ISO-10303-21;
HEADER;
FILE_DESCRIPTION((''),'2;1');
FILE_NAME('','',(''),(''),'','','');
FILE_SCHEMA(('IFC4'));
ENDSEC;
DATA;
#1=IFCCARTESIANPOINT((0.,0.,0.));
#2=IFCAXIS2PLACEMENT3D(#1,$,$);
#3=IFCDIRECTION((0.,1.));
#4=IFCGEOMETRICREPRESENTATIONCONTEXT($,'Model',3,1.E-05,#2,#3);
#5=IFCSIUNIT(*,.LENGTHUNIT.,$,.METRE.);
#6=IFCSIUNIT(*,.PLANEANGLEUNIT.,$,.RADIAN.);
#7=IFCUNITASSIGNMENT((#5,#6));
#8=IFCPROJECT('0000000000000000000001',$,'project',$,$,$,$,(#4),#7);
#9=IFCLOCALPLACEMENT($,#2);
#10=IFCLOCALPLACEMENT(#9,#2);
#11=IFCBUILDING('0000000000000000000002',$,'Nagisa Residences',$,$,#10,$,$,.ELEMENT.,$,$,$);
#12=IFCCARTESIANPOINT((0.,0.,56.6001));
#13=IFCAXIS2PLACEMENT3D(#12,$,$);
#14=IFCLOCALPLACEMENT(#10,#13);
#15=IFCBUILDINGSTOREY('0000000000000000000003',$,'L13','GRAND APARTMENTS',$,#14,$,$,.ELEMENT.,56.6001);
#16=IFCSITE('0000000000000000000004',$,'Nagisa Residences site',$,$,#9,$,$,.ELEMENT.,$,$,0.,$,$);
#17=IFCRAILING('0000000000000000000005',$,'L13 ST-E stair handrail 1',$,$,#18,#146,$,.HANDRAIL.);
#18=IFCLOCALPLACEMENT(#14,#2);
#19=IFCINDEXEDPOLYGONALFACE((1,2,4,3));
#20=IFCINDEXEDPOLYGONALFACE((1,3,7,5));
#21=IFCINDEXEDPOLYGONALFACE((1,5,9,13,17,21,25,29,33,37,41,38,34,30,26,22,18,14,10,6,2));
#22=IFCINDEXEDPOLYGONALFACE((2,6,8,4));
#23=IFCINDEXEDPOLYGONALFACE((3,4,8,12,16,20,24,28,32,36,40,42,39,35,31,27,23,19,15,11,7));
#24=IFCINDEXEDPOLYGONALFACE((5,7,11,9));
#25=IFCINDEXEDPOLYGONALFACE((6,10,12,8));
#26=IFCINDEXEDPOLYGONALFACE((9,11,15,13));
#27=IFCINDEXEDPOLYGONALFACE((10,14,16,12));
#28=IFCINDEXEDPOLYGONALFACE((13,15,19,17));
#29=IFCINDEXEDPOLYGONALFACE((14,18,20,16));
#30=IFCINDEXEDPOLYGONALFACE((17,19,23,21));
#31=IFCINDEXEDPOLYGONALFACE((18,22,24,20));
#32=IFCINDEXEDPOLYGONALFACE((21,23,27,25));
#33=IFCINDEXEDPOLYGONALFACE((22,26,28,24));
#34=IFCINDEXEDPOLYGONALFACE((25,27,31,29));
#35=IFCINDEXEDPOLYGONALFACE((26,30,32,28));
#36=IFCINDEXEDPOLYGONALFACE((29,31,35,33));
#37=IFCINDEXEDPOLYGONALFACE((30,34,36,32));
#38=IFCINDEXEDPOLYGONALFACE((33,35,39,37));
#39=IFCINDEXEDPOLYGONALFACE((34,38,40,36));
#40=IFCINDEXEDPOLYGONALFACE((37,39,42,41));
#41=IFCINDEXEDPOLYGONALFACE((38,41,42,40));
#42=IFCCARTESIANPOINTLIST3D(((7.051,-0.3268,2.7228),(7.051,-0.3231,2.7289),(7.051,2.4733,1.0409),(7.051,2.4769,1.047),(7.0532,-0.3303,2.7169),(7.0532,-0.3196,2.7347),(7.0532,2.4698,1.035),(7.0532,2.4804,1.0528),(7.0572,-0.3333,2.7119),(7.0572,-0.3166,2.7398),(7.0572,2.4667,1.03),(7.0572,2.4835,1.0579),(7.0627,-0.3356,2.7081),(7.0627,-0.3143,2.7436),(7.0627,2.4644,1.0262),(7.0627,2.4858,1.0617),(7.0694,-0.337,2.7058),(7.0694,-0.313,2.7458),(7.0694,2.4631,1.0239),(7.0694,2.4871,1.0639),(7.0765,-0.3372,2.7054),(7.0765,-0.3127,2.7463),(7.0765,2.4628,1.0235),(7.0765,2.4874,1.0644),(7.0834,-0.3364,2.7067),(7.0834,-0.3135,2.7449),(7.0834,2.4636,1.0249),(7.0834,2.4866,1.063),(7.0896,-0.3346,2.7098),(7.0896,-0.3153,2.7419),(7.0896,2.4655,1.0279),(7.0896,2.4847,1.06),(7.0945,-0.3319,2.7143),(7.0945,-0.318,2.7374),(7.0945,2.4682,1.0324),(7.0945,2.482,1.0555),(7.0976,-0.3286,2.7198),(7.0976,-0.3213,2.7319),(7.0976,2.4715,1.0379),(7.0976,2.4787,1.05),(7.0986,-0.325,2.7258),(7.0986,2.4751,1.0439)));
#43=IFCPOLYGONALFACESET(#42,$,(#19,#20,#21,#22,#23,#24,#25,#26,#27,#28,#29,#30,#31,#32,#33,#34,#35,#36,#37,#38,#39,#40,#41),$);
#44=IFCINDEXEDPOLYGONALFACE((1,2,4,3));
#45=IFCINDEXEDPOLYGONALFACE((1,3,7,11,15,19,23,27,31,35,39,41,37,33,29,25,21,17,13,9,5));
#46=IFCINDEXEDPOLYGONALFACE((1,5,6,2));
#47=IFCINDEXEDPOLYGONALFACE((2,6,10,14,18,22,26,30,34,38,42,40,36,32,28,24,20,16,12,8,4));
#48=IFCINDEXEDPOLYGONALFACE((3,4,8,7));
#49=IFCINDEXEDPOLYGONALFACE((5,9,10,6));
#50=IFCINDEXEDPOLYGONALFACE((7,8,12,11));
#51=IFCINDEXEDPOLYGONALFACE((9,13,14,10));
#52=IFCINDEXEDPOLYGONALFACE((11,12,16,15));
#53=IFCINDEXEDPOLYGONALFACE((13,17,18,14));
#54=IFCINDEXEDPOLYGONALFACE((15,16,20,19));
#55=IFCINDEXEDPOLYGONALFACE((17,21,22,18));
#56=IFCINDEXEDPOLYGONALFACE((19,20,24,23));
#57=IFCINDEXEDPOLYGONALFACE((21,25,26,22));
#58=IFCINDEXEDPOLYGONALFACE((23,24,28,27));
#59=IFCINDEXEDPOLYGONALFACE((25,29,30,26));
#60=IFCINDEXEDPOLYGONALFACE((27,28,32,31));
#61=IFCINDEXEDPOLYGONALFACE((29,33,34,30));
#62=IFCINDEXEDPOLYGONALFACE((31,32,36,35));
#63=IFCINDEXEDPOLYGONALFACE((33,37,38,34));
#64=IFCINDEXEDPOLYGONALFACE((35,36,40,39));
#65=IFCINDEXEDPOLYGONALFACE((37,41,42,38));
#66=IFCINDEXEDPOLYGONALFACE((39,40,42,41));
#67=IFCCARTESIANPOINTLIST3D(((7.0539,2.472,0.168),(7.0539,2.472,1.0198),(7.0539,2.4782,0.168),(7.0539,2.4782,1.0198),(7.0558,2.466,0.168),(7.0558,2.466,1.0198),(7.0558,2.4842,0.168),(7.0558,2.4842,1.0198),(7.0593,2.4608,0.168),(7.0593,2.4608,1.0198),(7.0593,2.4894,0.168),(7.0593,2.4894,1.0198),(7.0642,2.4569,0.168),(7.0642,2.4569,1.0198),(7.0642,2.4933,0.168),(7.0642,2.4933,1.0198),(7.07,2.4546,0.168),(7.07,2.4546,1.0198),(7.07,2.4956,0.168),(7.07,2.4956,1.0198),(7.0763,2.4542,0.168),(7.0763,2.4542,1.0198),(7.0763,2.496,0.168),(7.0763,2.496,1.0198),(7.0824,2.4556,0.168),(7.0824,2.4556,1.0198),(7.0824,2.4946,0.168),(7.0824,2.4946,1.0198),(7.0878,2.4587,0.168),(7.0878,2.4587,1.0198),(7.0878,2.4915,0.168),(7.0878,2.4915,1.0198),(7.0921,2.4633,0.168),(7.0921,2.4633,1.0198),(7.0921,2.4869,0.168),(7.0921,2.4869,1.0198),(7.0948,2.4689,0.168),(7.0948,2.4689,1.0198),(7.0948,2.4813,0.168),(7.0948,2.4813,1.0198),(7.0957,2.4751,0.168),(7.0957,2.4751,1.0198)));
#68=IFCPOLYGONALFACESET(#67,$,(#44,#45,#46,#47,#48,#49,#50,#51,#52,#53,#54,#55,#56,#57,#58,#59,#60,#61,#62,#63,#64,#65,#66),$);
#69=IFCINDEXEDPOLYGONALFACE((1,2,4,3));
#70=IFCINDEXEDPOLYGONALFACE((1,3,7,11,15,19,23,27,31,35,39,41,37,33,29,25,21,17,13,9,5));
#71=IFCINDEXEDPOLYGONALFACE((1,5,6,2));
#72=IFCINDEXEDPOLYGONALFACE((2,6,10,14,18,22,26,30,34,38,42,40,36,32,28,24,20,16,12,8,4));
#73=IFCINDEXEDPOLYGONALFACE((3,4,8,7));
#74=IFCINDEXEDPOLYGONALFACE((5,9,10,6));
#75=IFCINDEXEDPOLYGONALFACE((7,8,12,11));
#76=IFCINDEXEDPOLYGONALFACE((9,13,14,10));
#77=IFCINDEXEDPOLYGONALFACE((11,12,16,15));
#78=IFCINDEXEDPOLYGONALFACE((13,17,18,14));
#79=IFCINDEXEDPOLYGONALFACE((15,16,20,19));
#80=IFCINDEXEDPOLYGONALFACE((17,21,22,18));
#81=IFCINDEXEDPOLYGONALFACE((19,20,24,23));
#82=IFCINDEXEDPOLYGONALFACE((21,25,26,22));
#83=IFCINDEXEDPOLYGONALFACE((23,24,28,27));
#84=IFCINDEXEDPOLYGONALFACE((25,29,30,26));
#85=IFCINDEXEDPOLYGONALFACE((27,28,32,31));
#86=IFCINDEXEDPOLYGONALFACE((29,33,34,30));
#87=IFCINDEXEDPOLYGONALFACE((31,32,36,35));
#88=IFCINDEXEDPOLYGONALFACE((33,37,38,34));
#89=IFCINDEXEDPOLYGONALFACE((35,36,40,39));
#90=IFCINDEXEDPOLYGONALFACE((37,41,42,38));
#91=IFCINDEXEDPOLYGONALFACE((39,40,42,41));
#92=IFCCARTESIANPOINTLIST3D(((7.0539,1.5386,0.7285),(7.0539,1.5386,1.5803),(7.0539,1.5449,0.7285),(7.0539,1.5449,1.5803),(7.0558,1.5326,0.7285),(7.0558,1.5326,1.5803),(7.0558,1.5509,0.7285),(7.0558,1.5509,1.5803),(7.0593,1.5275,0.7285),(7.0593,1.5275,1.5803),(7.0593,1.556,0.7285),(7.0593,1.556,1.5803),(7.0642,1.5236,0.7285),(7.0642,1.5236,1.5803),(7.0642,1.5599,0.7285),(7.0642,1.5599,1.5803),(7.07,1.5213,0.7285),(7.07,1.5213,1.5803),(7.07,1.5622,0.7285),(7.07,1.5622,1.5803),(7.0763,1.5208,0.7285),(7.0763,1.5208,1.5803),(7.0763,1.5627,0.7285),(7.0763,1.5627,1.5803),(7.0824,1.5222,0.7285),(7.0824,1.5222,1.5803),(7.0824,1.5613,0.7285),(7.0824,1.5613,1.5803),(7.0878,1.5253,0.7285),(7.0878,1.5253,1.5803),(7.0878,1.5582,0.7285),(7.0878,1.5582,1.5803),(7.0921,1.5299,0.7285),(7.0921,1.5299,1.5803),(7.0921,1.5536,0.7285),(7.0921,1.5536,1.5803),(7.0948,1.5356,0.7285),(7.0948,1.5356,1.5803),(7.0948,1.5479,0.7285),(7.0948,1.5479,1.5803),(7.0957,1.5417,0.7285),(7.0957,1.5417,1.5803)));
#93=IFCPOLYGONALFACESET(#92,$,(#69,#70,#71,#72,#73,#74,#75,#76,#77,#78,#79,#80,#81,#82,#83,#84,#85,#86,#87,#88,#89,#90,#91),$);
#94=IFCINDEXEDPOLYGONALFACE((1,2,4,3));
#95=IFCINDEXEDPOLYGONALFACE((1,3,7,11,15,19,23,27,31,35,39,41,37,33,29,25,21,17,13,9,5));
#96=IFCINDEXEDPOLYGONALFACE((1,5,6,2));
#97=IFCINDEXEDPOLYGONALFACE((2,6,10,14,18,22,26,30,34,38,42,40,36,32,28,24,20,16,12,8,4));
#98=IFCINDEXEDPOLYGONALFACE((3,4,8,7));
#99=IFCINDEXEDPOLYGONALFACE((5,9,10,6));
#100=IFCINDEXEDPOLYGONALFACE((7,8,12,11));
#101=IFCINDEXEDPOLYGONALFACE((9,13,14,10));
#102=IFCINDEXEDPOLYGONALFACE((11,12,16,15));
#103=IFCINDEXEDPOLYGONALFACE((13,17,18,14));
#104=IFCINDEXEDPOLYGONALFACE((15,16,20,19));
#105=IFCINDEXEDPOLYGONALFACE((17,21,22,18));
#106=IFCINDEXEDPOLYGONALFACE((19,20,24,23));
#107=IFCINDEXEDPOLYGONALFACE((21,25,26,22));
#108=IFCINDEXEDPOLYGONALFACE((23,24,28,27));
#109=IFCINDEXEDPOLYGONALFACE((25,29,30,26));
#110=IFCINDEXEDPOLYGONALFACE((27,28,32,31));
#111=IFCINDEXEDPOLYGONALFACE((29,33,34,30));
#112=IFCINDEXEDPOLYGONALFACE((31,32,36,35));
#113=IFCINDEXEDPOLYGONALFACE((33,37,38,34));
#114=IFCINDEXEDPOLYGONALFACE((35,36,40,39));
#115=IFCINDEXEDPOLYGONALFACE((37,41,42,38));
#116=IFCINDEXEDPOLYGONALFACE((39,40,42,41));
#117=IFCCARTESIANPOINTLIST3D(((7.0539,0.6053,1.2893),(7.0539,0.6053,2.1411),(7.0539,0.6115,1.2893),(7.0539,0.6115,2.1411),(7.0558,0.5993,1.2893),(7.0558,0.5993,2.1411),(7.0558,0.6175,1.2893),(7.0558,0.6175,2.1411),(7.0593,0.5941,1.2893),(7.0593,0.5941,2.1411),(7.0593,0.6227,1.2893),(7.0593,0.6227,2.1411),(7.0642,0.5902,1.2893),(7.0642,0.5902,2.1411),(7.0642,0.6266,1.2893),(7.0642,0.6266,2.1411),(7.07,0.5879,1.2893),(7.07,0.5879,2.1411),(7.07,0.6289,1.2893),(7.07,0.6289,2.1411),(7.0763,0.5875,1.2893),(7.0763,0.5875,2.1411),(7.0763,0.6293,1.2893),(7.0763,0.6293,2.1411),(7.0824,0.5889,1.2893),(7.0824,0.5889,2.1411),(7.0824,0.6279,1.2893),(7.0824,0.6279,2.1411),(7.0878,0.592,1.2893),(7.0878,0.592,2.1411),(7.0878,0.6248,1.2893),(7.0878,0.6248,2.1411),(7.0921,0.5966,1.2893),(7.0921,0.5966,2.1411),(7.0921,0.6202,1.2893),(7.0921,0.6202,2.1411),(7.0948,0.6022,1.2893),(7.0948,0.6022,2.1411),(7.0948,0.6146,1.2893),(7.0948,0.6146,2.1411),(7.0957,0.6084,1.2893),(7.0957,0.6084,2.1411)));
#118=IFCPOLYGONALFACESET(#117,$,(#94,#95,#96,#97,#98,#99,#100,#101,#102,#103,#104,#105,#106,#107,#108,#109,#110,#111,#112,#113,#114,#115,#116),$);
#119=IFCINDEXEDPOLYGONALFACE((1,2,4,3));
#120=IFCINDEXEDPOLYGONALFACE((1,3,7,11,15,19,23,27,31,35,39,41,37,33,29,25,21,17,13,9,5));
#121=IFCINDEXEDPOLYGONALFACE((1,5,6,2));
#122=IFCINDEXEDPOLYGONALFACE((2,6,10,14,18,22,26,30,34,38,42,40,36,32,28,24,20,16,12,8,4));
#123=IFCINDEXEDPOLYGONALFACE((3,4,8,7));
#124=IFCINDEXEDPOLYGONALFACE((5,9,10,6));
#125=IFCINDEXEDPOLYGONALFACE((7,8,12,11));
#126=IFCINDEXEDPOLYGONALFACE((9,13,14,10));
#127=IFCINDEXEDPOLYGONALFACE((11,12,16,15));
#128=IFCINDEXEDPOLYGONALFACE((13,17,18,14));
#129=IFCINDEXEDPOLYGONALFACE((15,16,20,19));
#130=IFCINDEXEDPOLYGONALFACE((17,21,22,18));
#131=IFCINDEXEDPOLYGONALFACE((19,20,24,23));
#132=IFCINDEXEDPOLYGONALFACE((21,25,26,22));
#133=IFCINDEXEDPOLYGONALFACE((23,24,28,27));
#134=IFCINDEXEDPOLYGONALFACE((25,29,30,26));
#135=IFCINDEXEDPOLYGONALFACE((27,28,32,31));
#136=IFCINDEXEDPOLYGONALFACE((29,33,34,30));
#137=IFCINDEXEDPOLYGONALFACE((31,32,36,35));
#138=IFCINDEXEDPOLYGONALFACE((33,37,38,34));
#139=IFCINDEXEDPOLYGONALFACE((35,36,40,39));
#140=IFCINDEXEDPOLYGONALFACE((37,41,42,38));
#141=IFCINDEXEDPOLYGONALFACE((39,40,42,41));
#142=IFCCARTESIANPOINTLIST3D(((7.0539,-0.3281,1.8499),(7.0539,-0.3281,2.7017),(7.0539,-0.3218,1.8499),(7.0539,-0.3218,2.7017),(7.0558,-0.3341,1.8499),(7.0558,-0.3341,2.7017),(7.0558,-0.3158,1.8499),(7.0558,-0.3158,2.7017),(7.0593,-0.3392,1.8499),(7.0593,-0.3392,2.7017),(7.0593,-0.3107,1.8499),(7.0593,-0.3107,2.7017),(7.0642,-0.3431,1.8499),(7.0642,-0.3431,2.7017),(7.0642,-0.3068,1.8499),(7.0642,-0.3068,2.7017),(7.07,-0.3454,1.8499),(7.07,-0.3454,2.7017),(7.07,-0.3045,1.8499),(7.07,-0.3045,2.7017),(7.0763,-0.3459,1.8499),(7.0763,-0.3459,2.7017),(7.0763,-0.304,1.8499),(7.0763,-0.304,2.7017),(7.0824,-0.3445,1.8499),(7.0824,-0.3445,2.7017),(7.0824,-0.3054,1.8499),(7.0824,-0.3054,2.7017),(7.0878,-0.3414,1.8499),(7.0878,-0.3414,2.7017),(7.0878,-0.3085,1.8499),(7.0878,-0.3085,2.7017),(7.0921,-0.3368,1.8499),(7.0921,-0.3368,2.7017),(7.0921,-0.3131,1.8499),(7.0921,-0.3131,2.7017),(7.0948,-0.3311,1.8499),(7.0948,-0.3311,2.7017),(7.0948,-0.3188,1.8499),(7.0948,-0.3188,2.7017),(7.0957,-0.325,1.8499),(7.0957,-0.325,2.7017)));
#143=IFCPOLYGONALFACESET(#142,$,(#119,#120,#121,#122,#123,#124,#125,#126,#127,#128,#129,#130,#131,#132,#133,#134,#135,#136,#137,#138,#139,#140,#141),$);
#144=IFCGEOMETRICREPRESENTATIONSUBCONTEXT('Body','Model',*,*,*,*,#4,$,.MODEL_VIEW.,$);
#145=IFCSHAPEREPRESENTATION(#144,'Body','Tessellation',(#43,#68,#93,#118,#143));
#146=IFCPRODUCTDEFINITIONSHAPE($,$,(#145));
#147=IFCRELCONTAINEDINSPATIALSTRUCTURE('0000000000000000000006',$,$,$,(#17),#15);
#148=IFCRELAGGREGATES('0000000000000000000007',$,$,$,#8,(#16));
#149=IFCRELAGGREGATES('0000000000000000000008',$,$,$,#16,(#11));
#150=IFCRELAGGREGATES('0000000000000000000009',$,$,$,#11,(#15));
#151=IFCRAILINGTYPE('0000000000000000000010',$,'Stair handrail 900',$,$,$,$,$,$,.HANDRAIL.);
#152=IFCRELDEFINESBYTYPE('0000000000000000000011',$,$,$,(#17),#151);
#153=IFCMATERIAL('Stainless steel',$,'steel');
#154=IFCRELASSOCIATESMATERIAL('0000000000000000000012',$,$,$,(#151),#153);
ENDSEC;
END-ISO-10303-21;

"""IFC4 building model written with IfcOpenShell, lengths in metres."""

from ifc_helpers import new_model, si_unit, direction, frame, origin, origin_2d, place, context, subcontext, project, spatial, circle, extrude, material, type_object, element, save


model = new_model("IFC4")

# Units and contexts
model_context = context("Model", 3, precision=1e-05, world=origin(), true_north=direction((0.0, 1.0)))
body_context = subcontext(model_context, "Body", "Model", "MODEL_VIEW")
ifc_project = project(units=[si_unit("LENGTHUNIT", "METRE"), si_unit("PLANEANGLEUNIT", "RADIAN")], contexts=[model_context])

# Site, building, storey
site_placement = place(None, origin())
site = spatial("IfcSite", under=ifc_project, at=site_placement, Name="Nagisa Residences site", CompositionType="ELEMENT", RefElevation=0.0)
building_placement = place(site_placement, origin())
building = spatial("IfcBuilding", under=site, at=building_placement, Name="Nagisa Residences", CompositionType="ELEMENT")
storey_placement = place(building_placement, frame((0.0, 0.0, 56.6001)))
storey = spatial("IfcBuildingStorey", under=building, at=storey_placement, Name="L13", Description="GRAND APARTMENTS", CompositionType="ELEMENT", Elevation=56.6001)

# Railing
ifc_material_1 = material(Name="Stainless steel", Category="steel")
railing_type_1 = type_object("IfcRailingType", Name="Stair handrail 900", PredefinedType="HANDRAIL", material=ifc_material_1)
railing_1_placement = place(storey_placement, frame((7.0747, 2.4751, 0.168)))
element("IfcRailing", 1, at=railing_1_placement, inside=storey, type_object=railing_type_1, Name="L13 ST-E stair handrail 1", PredefinedType="HANDRAIL", context=body_context, shape_type="SweptSolid", body=[
    extrude(circle(Radius=0.0239, at=origin_2d()), frame((0.0, 0.0, 0.876), z_axis=(0.0, -0.857242, 0.514913), x_axis=(1.0, 0.0, 0.0)), (0.0, 0.0, 1.0), 3.2664),
    extrude(circle(Radius=0.021, at=origin_2d()), origin(), (0.0, 0.0, 1.0), 0.8518),
    extrude(circle(Radius=0.021, at=origin_2d()), frame((0.0, -0.9333, 0.5605)), (0.0, 0.0, 1.0), 0.8518),
    extrude(circle(Radius=0.021, at=origin_2d()), frame((0.0, -1.8667, 1.1213)), (0.0, 0.0, 1.0), 0.8518),
    extrude(circle(Radius=0.021, at=origin_2d()), frame((0.0, -2.8, 1.6819)), (0.0, 0.0, 1.0), 0.8518),
])

save(model, "model.ifc")
